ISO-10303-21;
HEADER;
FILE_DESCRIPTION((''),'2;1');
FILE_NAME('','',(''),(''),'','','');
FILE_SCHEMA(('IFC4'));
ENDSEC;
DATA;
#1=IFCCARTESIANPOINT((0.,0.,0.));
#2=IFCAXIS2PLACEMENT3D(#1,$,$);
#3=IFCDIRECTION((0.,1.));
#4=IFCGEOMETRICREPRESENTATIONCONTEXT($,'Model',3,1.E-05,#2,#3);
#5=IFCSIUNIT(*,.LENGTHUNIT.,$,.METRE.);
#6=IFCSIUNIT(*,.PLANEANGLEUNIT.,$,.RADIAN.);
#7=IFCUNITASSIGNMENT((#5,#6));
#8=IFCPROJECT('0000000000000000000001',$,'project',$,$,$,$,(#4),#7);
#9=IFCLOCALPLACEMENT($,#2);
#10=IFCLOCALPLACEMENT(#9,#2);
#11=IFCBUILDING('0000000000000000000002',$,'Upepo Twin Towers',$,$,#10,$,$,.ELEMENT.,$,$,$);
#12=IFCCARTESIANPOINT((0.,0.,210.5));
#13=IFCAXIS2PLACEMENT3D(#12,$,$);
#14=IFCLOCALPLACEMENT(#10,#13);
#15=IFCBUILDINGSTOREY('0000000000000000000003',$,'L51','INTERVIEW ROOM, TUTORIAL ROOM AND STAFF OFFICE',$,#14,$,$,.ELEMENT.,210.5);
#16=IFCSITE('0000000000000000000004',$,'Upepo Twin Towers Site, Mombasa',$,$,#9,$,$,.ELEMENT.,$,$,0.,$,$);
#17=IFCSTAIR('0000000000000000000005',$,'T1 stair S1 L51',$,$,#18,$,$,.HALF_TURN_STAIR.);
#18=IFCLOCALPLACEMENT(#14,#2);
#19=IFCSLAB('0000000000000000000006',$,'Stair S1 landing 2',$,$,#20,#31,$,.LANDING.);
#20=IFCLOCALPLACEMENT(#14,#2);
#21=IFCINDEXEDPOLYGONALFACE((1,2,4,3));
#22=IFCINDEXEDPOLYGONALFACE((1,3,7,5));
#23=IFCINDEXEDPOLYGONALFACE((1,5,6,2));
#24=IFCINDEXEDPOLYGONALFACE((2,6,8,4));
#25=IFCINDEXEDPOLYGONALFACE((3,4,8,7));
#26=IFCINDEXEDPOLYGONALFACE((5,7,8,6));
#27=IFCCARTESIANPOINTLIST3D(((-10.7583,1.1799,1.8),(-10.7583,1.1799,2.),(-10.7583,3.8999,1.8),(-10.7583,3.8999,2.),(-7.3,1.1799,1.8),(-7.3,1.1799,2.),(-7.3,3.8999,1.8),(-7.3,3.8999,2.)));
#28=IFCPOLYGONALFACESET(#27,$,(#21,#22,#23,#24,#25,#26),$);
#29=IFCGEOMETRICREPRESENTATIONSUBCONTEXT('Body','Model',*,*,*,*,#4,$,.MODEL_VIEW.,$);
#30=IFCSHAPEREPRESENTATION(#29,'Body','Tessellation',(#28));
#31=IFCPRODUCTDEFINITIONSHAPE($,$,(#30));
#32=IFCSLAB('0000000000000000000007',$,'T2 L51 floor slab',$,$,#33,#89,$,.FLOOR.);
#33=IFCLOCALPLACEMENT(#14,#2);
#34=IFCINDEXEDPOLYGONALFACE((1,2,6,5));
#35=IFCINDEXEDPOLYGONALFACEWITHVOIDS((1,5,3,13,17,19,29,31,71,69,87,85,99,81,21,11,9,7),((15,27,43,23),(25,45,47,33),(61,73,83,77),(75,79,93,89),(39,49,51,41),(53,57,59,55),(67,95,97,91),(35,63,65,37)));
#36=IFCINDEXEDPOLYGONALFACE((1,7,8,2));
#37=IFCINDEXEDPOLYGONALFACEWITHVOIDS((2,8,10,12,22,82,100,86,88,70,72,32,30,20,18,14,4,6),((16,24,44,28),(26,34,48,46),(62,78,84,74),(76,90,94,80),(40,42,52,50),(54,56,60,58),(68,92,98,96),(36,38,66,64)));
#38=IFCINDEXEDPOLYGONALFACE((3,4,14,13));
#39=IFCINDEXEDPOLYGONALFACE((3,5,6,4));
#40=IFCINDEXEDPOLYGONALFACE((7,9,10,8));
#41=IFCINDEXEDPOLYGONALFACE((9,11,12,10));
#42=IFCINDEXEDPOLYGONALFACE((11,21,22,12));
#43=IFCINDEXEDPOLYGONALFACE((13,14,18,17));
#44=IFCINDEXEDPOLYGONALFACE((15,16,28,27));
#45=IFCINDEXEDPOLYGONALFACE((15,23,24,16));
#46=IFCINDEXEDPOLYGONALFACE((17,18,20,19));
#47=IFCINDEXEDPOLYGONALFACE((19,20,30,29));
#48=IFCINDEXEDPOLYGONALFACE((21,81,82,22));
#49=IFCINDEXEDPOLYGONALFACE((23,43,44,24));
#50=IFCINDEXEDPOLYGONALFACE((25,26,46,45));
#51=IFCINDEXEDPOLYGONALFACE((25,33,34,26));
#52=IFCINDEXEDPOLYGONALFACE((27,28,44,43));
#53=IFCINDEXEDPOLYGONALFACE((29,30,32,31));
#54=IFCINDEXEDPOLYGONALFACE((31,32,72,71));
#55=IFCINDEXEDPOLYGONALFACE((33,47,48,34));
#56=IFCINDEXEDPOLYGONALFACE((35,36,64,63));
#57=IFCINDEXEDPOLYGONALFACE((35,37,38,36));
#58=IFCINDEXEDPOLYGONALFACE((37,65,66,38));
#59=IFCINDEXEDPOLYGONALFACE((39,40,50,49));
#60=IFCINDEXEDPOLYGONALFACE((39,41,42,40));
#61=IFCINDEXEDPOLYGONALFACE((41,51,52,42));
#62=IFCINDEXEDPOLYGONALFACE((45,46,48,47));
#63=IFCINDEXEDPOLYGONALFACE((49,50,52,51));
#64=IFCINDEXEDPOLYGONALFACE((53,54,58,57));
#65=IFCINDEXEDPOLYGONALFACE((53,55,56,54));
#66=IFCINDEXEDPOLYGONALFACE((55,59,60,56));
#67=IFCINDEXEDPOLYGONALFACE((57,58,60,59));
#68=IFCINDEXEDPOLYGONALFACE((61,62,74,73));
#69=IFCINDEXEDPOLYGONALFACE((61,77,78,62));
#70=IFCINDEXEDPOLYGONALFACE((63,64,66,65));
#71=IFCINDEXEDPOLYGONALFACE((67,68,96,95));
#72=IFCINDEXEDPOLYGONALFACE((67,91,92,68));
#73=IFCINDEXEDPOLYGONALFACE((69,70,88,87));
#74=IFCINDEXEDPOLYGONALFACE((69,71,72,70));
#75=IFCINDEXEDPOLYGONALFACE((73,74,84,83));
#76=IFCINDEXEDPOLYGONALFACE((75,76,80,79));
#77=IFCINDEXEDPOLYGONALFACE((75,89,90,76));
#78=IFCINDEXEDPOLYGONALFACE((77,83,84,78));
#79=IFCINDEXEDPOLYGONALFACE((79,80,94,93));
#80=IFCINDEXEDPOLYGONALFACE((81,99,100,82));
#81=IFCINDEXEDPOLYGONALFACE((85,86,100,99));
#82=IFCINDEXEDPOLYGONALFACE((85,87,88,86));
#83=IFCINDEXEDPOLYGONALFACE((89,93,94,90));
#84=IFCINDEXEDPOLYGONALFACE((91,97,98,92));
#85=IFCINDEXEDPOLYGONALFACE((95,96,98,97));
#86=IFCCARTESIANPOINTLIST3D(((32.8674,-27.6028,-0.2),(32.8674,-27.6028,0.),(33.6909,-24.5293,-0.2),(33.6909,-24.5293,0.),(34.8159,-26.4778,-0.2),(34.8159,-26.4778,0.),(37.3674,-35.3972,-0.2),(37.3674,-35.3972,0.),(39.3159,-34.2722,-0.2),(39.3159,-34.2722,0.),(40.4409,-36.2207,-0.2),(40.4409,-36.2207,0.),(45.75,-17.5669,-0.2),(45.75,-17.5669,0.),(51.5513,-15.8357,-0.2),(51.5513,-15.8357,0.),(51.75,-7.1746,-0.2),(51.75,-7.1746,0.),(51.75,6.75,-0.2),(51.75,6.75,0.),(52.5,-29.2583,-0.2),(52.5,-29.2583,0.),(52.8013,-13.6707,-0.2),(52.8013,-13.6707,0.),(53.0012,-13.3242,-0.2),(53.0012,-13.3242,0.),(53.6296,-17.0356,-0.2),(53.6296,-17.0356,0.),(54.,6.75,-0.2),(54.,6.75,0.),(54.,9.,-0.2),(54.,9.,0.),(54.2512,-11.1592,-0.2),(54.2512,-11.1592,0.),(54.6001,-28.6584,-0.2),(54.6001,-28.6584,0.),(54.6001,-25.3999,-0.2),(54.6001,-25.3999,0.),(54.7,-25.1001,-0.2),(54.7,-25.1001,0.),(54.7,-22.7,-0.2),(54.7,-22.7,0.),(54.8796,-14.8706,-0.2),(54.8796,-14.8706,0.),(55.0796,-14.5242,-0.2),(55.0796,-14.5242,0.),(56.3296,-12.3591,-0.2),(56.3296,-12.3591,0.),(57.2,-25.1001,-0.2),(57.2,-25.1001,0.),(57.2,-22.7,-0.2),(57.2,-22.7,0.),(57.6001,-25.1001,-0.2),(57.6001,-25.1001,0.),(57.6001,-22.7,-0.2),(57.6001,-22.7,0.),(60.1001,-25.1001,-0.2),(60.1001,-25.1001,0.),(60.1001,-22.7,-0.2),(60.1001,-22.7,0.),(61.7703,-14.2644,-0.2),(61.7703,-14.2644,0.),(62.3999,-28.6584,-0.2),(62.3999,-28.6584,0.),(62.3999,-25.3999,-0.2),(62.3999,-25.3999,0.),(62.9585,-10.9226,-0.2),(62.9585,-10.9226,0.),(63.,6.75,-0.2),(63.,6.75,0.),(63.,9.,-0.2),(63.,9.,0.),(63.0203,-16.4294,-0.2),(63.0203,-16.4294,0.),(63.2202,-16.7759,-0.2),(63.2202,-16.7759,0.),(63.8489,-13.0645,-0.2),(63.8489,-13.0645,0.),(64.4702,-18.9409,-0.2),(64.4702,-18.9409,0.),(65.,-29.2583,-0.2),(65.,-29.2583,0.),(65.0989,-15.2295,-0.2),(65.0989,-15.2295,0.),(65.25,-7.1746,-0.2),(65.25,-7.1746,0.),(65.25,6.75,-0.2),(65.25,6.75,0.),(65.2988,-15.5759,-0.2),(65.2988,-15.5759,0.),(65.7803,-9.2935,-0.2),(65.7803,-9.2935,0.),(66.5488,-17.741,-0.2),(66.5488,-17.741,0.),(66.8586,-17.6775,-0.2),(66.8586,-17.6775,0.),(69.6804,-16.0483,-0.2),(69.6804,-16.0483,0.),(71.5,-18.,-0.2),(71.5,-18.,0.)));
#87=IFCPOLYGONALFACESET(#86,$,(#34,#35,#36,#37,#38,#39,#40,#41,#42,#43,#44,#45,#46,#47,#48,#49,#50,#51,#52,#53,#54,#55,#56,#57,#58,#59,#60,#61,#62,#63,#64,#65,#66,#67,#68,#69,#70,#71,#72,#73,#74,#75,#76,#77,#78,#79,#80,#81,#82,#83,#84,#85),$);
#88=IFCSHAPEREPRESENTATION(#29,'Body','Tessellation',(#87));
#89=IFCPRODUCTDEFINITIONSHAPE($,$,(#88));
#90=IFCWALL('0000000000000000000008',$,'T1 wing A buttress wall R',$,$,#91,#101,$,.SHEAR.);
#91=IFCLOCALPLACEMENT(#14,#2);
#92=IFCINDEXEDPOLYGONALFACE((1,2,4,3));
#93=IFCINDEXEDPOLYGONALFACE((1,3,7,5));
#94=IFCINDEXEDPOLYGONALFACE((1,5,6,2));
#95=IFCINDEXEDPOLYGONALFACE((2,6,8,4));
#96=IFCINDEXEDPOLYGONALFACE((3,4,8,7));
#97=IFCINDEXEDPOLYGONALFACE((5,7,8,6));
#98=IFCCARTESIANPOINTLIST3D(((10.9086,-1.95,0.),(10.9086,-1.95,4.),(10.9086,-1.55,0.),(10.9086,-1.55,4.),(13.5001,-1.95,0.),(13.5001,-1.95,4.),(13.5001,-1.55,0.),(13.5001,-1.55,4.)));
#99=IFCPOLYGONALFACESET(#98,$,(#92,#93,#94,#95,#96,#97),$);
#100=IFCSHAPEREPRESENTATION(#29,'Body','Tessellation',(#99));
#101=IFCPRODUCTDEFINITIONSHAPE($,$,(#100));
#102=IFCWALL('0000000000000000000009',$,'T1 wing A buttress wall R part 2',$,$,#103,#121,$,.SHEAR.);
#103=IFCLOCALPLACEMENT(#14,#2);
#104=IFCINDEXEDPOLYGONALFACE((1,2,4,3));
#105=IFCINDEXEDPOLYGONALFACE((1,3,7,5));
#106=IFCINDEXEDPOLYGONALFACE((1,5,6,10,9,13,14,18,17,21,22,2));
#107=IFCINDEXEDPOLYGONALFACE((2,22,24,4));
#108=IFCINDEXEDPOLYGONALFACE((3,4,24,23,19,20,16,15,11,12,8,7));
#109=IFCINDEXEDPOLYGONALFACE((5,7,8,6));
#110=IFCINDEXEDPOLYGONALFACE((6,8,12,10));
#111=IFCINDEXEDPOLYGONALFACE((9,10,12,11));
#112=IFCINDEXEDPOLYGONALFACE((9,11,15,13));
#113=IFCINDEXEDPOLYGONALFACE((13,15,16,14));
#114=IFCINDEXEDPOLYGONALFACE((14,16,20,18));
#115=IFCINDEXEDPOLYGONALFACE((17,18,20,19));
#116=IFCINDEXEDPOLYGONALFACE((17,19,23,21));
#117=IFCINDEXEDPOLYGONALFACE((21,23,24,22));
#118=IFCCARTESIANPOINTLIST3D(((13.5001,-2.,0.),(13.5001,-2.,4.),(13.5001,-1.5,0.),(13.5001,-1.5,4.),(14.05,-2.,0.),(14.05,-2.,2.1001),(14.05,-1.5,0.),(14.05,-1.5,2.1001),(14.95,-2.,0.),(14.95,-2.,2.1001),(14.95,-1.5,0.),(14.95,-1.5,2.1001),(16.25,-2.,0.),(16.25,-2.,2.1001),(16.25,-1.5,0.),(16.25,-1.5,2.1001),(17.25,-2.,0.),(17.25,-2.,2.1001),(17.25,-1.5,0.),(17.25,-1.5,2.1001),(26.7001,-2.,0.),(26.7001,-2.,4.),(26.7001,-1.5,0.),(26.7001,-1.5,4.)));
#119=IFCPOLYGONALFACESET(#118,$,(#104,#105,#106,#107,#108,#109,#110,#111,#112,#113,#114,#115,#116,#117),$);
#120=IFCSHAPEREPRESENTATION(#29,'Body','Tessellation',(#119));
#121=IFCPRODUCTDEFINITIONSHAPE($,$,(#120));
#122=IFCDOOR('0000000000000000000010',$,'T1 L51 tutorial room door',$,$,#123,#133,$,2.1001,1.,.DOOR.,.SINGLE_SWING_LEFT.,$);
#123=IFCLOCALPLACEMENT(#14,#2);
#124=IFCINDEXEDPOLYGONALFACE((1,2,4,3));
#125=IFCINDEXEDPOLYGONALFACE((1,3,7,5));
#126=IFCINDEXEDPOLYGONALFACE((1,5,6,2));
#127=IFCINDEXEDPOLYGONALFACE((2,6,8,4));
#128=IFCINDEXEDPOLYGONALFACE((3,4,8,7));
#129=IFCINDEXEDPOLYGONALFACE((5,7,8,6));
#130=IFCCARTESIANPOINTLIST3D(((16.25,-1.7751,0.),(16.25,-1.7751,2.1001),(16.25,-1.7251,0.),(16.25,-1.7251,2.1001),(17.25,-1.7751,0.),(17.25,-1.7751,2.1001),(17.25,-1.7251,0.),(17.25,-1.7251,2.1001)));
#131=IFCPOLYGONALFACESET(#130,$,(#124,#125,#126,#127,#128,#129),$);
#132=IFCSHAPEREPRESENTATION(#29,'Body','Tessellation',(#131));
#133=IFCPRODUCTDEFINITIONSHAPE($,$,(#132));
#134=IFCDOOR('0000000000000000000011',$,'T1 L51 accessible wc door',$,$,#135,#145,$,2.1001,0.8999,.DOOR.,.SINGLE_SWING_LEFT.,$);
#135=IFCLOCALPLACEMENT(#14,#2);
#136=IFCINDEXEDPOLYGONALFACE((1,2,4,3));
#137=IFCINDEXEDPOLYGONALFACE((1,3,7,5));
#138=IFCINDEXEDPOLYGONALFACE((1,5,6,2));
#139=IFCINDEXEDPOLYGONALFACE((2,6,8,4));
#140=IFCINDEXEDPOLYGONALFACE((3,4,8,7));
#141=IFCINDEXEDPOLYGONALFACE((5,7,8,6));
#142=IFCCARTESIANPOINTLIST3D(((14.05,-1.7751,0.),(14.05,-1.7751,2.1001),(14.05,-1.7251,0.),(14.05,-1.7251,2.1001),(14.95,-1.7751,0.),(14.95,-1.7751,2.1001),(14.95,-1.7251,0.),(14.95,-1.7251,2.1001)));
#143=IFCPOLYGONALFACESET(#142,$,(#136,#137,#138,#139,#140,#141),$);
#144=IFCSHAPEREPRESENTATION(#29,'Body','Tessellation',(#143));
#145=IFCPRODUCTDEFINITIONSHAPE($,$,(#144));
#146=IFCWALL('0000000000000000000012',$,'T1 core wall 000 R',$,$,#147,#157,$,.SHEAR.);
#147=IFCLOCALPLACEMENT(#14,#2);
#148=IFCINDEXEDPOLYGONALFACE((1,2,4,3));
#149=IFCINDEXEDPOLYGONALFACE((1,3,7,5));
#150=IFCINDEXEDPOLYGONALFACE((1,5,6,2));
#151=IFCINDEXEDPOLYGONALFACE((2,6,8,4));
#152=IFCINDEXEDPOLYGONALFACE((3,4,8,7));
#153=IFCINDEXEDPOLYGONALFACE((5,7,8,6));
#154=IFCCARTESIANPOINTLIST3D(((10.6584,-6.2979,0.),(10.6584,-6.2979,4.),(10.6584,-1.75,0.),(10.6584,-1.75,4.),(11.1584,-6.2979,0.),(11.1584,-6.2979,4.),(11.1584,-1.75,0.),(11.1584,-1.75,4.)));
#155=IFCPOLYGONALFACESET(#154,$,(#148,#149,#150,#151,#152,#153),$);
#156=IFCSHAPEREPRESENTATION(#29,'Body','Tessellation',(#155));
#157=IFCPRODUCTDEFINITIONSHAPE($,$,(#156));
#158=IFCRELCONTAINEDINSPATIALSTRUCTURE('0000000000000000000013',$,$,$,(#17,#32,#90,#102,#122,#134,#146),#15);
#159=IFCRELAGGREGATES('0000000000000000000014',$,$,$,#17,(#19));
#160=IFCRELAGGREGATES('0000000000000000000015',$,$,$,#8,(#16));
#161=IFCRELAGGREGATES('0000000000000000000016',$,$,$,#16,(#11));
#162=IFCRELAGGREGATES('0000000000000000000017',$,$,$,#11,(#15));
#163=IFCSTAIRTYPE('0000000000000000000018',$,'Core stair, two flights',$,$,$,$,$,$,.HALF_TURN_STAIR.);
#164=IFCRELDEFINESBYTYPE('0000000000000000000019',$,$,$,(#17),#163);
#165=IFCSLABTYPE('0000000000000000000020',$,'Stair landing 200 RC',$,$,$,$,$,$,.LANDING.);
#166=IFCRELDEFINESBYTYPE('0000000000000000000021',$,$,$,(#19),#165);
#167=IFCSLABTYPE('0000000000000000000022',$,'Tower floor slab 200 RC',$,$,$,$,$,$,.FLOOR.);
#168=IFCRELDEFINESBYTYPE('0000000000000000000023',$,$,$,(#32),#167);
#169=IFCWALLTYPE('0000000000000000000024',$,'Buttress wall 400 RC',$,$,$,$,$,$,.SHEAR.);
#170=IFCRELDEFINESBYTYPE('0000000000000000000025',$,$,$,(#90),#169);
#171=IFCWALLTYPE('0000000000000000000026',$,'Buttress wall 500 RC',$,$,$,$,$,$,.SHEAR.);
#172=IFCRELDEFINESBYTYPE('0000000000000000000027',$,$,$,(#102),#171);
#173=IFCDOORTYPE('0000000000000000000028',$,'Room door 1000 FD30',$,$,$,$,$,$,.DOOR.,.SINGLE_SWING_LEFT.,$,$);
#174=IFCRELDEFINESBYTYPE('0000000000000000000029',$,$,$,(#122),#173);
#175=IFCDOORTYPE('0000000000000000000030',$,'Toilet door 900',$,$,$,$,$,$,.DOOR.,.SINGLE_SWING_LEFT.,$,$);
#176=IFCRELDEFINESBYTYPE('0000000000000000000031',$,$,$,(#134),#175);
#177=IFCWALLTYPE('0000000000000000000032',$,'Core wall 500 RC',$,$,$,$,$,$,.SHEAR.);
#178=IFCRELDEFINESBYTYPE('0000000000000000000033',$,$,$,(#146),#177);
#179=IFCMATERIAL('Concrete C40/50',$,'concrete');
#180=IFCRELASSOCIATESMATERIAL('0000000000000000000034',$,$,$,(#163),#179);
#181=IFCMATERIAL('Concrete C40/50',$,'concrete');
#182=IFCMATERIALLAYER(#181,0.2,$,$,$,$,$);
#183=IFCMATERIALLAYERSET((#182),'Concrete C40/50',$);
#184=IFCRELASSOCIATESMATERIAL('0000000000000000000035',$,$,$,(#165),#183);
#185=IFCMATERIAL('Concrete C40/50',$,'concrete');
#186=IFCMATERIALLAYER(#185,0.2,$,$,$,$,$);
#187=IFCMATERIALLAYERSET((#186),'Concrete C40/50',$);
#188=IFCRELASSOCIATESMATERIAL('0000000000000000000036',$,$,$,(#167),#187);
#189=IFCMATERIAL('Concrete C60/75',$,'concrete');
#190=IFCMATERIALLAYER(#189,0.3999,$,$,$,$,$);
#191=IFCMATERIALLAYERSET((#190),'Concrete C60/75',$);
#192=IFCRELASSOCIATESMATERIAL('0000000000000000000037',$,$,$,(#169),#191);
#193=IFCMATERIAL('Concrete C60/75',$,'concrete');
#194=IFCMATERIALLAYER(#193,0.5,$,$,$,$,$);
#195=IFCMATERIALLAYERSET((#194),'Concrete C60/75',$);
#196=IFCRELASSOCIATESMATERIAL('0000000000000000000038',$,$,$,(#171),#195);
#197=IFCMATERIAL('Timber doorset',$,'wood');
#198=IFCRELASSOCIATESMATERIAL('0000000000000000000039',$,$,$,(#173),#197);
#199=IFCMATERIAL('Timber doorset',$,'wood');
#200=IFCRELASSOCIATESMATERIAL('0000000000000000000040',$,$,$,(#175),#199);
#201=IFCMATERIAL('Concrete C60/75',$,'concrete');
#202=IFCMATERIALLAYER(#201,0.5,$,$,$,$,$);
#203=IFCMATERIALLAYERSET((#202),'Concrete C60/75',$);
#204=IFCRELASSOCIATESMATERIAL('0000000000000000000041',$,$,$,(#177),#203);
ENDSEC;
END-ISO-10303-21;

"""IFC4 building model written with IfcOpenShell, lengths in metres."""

from ifc_helpers import new_model, si_unit, direction, frame, frame_2d, origin, place, context, subcontext, project, spatial, polyline, rectangle, outline, extrude, material, layer, layer_set, type_object, element, fill, aggregate, save


model = new_model("IFC4")

# Units and contexts
model_context = context("Model", 3, precision=1e-05, world=origin(), true_north=direction((0.0, 1.0)))
body_context = subcontext(model_context, "Body", "Model", "MODEL_VIEW")
ifc_project = project(units=[si_unit("LENGTHUNIT", "METRE"), si_unit("PLANEANGLEUNIT", "RADIAN")], contexts=[model_context])

# Site, building, storey
site_placement = place(None, origin())
site = spatial("IfcSite", under=ifc_project, at=site_placement, Name="Upepo Twin Towers Site, Mombasa", CompositionType="ELEMENT", RefElevation=0.0)
building_placement = place(site_placement, origin())
building = spatial("IfcBuilding", under=site, at=building_placement, Name="Upepo Twin Towers", CompositionType="ELEMENT")
storey_placement = place(building_placement, frame((0.0, 0.0, 210.5)))
storey = spatial("IfcBuildingStorey", under=building, at=storey_placement, Name="L51", Description="INTERVIEW ROOM, TUTORIAL ROOM AND STAFF OFFICE", CompositionType="ELEMENT", Elevation=210.5)

# Stair, slab
ifc_material_1 = material(Name="Concrete C40/50", Category="concrete")
stair_type = type_object("IfcStairType", Name="Core stair, two flights", PredefinedType="HALF_TURN_STAIR", material=ifc_material_1)
stair_1_placement = place(storey_placement, origin())
stair_1 = element("IfcStair", 1, at=stair_1_placement, inside=storey, type_object=stair_type, Name="T1 stair S1 L51", PredefinedType="HALF_TURN_STAIR")
ifc_material_2 = material(Name="Concrete C40/50", Category="concrete")
ifc_layer_1 = layer(ifc_material_2, 0.2)
ifc_layer_set_1 = layer_set([ifc_layer_1], Name="Concrete C40/50")
slab_type_1 = type_object("IfcSlabType", Name="Stair landing 200 RC", PredefinedType="LANDING", material=ifc_layer_set_1)
slab_1_placement = place(storey_placement, frame((0.0, 0.0, 1.8)))
slab_1 = element("IfcSlab", 2, at=slab_1_placement, type_object=slab_type_1, Name="Stair S1 landing 2", PredefinedType="LANDING", context=body_context, shape_type="SweptSolid", body=[
    extrude(outline(polyline([(-7.3, 3.8999), (-10.7583, 3.8999), (-10.7583, 1.1799), (-7.3, 1.1799), (-7.3, 3.8999)])), origin(), (0.0, 0.0, 1.0), 0.2),
])
aggregate(stair_1, [slab_1])

# Slab
ifc_material_3 = material(Name="Concrete C40/50", Category="concrete")
ifc_layer_2 = layer(ifc_material_3, 0.2)
ifc_layer_set_2 = layer_set([ifc_layer_2], Name="Concrete C40/50")
slab_type_2 = type_object("IfcSlabType", Name="Tower floor slab 200 RC", PredefinedType="FLOOR", material=ifc_layer_set_2)
slab_2_placement = place(storey_placement, frame((0.0, 0.0, -0.2)))
element("IfcSlab", 3, at=slab_2_placement, inside=storey, type_object=slab_type_2, Name="T2 L51 floor slab", PredefinedType="FLOOR", context=body_context, shape_type="SweptSolid", body=[
    extrude(outline(polyline([(51.75, -7.1746), (51.75, 6.75), (54.0, 6.75), (54.0, 9.0), (63.0, 9.0), (63.0, 6.75), (65.25, 6.75), (65.25, -7.1746), (71.5, -18.0), (65.0, -29.2583), (52.5, -29.2583), (40.4409, -36.2207), (39.3159, -34.2722), (37.3674, -35.3972), (32.8674, -27.6028), (34.8159, -26.4778), (33.6909, -24.5293), (45.75, -17.5669), (51.75, -7.1746)]), holes=[polyline([(56.3296, -12.3591), (54.2512, -11.1592), (53.0012, -13.3242), (55.0796, -14.5242), (56.3296, -12.3591)]), polyline([(54.8796, -14.8706), (52.8013, -13.6707), (51.5513, -15.8357), (53.6296, -17.0356), (54.8796, -14.8706)]), polyline([(54.7, -22.7), (54.7, -25.1001), (57.2, -25.1001), (57.2, -22.7), (54.7, -22.7)]), polyline([(57.6001, -22.7), (57.6001, -25.1001), (60.1001, -25.1001), (60.1001, -22.7), (57.6001, -22.7)]), polyline([(54.6001, -25.3999), (54.6001, -28.6584), (62.3999, -28.6584), (62.3999, -25.3999), (54.6001, -25.3999)]), polyline([(64.4702, -18.9409), (66.5488, -17.741), (65.2988, -15.5759), (63.2202, -16.7759), (64.4702, -18.9409)]), polyline([(63.0203, -16.4294), (65.0989, -15.2295), (63.8489, -13.0645), (61.7703, -14.2644), (63.0203, -16.4294)]), polyline([(66.8586, -17.6775), (69.6804, -16.0483), (65.7803, -9.2935), (62.9585, -10.9226), (66.8586, -17.6775)])]), origin(), (0.0, 0.0, 1.0), 0.2),
])

# Wall
ifc_material_4 = material(Name="Concrete C60/75", Category="concrete")
ifc_layer_3 = layer(ifc_material_4, 0.3999)
ifc_layer_set_3 = layer_set([ifc_layer_3], Name="Concrete C60/75")
wall_type_1 = type_object("IfcWallType", Name="Buttress wall 400 RC", PredefinedType="SHEAR", material=ifc_layer_set_3)
wall_1_placement = place(storey_placement, frame((10.9084, -1.75, 0.0), z_axis=(0.0, 0.0, 1.0), x_axis=(1.0, 0.0, 0.0)))
element("IfcWall", 4, at=wall_1_placement, inside=storey, type_object=wall_type_1, Name="T1 wing A buttress wall R", PredefinedType="SHEAR", context=body_context, shape_type="SweptSolid", body=[
    extrude(rectangle(XDim=2.5916, YDim=0.3999, at=frame_2d((1.2959, 0.0))), origin(), (0.0, 0.0, 1.0), 4.0),
])

# Wall, openings, doors
ifc_material_5 = material(Name="Concrete C60/75", Category="concrete")
ifc_layer_4 = layer(ifc_material_5, 0.5)
ifc_layer_set_4 = layer_set([ifc_layer_4], Name="Concrete C60/75")
wall_type_2 = type_object("IfcWallType", Name="Buttress wall 500 RC", PredefinedType="SHEAR", material=ifc_layer_set_4)
wall_2_placement = place(storey_placement, frame((13.5, -1.75, 0.0), z_axis=(0.0, 0.0, 1.0), x_axis=(1.0, 0.0, 0.0)))
wall_2 = element("IfcWall", 5, at=wall_2_placement, inside=storey, type_object=wall_type_2, Name="T1 wing A buttress wall R part 2", PredefinedType="SHEAR", context=body_context, shape_type="SweptSolid", body=[
    extrude(rectangle(XDim=13.2, YDim=0.5, at=frame_2d((6.6001, 0.0))), origin(), (0.0, 0.0, 1.0), 4.0),
])
opening_1_placement = place(wall_2_placement, frame((0.55, 0.0, 0.0)))
opening_1 = element("IfcOpeningElement", 6, at=opening_1_placement, cuts=wall_2, PredefinedType="OPENING", context=body_context, shape_type="SweptSolid", body=[
    extrude(rectangle(XDim=0.8999, YDim=2.1001, at=frame_2d((0.45, 1.05))), frame((0.0, 0.26, 0.0), z_axis=(0.0, -1.0, 0.0), x_axis=(1.0, 0.0, 0.0)), (0.0, 0.0, 1.0), 0.52),
])
opening_2_placement = place(wall_2_placement, frame((2.75, 0.0, 0.0)))
opening_2 = element("IfcOpeningElement", 7, at=opening_2_placement, cuts=wall_2, PredefinedType="OPENING", context=body_context, shape_type="SweptSolid", body=[
    extrude(rectangle(XDim=1.0, YDim=2.1001, at=frame_2d((0.5, 1.05))), frame((0.0, 0.26, 0.0), z_axis=(0.0, -1.0, 0.0), x_axis=(1.0, 0.0, 0.0)), (0.0, 0.0, 1.0), 0.52),
])
ifc_material_6 = material(Name="Timber doorset", Category="wood")
door_type_1 = type_object("IfcDoorType", Name="Room door 1000 FD30", OperationType="SINGLE_SWING_LEFT", PredefinedType="DOOR", material=ifc_material_6)
door_1_placement = place(opening_2_placement, origin())
door_1 = element("IfcDoor", 8, at=door_1_placement, inside=storey, type_object=door_type_1, Name="T1 L51 tutorial room door", OperationType="SINGLE_SWING_LEFT", OverallHeight=2.1001, OverallWidth=1.0, PredefinedType="DOOR", context=body_context, shape_type="SweptSolid", body=[
    extrude(rectangle(XDim=1.0, YDim=2.1001, at=frame_2d((0.5, 1.05))), frame((0.0, 0.0249, 0.0), z_axis=(0.0, -1.0, 0.0), x_axis=(1.0, 0.0, 0.0)), (0.0, 0.0, 1.0), 0.05),
])
fill(opening_2, door_1)
ifc_material_7 = material(Name="Timber doorset", Category="wood")
door_type_2 = type_object("IfcDoorType", Name="Toilet door 900", OperationType="SINGLE_SWING_LEFT", PredefinedType="DOOR", material=ifc_material_7)
door_2_placement = place(opening_1_placement, origin())
door_2 = element("IfcDoor", 9, at=door_2_placement, inside=storey, type_object=door_type_2, Name="T1 L51 accessible wc door", OperationType="SINGLE_SWING_LEFT", OverallHeight=2.1001, OverallWidth=0.8999, PredefinedType="DOOR", context=body_context, shape_type="SweptSolid", body=[
    extrude(rectangle(XDim=0.8999, YDim=2.1001, at=frame_2d((0.45, 1.05))), frame((0.0, 0.0249, 0.0), z_axis=(0.0, -1.0, 0.0), x_axis=(1.0, 0.0, 0.0)), (0.0, 0.0, 1.0), 0.05),
])
fill(opening_1, door_2)

# Wall
ifc_material_8 = material(Name="Concrete C60/75", Category="concrete")
ifc_layer_5 = layer(ifc_material_8, 0.5)
ifc_layer_set_5 = layer_set([ifc_layer_5], Name="Concrete C60/75")
wall_type_3 = type_object("IfcWallType", Name="Core wall 500 RC", PredefinedType="SHEAR", material=ifc_layer_set_5)
wall_3_placement = place(storey_placement, frame((10.9084, -6.2979, 0.0), z_axis=(0.0, 0.0, 1.0), x_axis=(0.0, 1.0, 0.0)))
element("IfcWall", 10, at=wall_3_placement, inside=storey, type_object=wall_type_3, Name="T1 core wall 000 R", PredefinedType="SHEAR", context=body_context, shape_type="SweptSolid", body=[
    extrude(rectangle(XDim=4.5479, YDim=0.5, at=frame_2d((2.2739, 0.0))), origin(), (0.0, 0.0, 1.0), 4.0),
])

save(model, "model.ifc")
